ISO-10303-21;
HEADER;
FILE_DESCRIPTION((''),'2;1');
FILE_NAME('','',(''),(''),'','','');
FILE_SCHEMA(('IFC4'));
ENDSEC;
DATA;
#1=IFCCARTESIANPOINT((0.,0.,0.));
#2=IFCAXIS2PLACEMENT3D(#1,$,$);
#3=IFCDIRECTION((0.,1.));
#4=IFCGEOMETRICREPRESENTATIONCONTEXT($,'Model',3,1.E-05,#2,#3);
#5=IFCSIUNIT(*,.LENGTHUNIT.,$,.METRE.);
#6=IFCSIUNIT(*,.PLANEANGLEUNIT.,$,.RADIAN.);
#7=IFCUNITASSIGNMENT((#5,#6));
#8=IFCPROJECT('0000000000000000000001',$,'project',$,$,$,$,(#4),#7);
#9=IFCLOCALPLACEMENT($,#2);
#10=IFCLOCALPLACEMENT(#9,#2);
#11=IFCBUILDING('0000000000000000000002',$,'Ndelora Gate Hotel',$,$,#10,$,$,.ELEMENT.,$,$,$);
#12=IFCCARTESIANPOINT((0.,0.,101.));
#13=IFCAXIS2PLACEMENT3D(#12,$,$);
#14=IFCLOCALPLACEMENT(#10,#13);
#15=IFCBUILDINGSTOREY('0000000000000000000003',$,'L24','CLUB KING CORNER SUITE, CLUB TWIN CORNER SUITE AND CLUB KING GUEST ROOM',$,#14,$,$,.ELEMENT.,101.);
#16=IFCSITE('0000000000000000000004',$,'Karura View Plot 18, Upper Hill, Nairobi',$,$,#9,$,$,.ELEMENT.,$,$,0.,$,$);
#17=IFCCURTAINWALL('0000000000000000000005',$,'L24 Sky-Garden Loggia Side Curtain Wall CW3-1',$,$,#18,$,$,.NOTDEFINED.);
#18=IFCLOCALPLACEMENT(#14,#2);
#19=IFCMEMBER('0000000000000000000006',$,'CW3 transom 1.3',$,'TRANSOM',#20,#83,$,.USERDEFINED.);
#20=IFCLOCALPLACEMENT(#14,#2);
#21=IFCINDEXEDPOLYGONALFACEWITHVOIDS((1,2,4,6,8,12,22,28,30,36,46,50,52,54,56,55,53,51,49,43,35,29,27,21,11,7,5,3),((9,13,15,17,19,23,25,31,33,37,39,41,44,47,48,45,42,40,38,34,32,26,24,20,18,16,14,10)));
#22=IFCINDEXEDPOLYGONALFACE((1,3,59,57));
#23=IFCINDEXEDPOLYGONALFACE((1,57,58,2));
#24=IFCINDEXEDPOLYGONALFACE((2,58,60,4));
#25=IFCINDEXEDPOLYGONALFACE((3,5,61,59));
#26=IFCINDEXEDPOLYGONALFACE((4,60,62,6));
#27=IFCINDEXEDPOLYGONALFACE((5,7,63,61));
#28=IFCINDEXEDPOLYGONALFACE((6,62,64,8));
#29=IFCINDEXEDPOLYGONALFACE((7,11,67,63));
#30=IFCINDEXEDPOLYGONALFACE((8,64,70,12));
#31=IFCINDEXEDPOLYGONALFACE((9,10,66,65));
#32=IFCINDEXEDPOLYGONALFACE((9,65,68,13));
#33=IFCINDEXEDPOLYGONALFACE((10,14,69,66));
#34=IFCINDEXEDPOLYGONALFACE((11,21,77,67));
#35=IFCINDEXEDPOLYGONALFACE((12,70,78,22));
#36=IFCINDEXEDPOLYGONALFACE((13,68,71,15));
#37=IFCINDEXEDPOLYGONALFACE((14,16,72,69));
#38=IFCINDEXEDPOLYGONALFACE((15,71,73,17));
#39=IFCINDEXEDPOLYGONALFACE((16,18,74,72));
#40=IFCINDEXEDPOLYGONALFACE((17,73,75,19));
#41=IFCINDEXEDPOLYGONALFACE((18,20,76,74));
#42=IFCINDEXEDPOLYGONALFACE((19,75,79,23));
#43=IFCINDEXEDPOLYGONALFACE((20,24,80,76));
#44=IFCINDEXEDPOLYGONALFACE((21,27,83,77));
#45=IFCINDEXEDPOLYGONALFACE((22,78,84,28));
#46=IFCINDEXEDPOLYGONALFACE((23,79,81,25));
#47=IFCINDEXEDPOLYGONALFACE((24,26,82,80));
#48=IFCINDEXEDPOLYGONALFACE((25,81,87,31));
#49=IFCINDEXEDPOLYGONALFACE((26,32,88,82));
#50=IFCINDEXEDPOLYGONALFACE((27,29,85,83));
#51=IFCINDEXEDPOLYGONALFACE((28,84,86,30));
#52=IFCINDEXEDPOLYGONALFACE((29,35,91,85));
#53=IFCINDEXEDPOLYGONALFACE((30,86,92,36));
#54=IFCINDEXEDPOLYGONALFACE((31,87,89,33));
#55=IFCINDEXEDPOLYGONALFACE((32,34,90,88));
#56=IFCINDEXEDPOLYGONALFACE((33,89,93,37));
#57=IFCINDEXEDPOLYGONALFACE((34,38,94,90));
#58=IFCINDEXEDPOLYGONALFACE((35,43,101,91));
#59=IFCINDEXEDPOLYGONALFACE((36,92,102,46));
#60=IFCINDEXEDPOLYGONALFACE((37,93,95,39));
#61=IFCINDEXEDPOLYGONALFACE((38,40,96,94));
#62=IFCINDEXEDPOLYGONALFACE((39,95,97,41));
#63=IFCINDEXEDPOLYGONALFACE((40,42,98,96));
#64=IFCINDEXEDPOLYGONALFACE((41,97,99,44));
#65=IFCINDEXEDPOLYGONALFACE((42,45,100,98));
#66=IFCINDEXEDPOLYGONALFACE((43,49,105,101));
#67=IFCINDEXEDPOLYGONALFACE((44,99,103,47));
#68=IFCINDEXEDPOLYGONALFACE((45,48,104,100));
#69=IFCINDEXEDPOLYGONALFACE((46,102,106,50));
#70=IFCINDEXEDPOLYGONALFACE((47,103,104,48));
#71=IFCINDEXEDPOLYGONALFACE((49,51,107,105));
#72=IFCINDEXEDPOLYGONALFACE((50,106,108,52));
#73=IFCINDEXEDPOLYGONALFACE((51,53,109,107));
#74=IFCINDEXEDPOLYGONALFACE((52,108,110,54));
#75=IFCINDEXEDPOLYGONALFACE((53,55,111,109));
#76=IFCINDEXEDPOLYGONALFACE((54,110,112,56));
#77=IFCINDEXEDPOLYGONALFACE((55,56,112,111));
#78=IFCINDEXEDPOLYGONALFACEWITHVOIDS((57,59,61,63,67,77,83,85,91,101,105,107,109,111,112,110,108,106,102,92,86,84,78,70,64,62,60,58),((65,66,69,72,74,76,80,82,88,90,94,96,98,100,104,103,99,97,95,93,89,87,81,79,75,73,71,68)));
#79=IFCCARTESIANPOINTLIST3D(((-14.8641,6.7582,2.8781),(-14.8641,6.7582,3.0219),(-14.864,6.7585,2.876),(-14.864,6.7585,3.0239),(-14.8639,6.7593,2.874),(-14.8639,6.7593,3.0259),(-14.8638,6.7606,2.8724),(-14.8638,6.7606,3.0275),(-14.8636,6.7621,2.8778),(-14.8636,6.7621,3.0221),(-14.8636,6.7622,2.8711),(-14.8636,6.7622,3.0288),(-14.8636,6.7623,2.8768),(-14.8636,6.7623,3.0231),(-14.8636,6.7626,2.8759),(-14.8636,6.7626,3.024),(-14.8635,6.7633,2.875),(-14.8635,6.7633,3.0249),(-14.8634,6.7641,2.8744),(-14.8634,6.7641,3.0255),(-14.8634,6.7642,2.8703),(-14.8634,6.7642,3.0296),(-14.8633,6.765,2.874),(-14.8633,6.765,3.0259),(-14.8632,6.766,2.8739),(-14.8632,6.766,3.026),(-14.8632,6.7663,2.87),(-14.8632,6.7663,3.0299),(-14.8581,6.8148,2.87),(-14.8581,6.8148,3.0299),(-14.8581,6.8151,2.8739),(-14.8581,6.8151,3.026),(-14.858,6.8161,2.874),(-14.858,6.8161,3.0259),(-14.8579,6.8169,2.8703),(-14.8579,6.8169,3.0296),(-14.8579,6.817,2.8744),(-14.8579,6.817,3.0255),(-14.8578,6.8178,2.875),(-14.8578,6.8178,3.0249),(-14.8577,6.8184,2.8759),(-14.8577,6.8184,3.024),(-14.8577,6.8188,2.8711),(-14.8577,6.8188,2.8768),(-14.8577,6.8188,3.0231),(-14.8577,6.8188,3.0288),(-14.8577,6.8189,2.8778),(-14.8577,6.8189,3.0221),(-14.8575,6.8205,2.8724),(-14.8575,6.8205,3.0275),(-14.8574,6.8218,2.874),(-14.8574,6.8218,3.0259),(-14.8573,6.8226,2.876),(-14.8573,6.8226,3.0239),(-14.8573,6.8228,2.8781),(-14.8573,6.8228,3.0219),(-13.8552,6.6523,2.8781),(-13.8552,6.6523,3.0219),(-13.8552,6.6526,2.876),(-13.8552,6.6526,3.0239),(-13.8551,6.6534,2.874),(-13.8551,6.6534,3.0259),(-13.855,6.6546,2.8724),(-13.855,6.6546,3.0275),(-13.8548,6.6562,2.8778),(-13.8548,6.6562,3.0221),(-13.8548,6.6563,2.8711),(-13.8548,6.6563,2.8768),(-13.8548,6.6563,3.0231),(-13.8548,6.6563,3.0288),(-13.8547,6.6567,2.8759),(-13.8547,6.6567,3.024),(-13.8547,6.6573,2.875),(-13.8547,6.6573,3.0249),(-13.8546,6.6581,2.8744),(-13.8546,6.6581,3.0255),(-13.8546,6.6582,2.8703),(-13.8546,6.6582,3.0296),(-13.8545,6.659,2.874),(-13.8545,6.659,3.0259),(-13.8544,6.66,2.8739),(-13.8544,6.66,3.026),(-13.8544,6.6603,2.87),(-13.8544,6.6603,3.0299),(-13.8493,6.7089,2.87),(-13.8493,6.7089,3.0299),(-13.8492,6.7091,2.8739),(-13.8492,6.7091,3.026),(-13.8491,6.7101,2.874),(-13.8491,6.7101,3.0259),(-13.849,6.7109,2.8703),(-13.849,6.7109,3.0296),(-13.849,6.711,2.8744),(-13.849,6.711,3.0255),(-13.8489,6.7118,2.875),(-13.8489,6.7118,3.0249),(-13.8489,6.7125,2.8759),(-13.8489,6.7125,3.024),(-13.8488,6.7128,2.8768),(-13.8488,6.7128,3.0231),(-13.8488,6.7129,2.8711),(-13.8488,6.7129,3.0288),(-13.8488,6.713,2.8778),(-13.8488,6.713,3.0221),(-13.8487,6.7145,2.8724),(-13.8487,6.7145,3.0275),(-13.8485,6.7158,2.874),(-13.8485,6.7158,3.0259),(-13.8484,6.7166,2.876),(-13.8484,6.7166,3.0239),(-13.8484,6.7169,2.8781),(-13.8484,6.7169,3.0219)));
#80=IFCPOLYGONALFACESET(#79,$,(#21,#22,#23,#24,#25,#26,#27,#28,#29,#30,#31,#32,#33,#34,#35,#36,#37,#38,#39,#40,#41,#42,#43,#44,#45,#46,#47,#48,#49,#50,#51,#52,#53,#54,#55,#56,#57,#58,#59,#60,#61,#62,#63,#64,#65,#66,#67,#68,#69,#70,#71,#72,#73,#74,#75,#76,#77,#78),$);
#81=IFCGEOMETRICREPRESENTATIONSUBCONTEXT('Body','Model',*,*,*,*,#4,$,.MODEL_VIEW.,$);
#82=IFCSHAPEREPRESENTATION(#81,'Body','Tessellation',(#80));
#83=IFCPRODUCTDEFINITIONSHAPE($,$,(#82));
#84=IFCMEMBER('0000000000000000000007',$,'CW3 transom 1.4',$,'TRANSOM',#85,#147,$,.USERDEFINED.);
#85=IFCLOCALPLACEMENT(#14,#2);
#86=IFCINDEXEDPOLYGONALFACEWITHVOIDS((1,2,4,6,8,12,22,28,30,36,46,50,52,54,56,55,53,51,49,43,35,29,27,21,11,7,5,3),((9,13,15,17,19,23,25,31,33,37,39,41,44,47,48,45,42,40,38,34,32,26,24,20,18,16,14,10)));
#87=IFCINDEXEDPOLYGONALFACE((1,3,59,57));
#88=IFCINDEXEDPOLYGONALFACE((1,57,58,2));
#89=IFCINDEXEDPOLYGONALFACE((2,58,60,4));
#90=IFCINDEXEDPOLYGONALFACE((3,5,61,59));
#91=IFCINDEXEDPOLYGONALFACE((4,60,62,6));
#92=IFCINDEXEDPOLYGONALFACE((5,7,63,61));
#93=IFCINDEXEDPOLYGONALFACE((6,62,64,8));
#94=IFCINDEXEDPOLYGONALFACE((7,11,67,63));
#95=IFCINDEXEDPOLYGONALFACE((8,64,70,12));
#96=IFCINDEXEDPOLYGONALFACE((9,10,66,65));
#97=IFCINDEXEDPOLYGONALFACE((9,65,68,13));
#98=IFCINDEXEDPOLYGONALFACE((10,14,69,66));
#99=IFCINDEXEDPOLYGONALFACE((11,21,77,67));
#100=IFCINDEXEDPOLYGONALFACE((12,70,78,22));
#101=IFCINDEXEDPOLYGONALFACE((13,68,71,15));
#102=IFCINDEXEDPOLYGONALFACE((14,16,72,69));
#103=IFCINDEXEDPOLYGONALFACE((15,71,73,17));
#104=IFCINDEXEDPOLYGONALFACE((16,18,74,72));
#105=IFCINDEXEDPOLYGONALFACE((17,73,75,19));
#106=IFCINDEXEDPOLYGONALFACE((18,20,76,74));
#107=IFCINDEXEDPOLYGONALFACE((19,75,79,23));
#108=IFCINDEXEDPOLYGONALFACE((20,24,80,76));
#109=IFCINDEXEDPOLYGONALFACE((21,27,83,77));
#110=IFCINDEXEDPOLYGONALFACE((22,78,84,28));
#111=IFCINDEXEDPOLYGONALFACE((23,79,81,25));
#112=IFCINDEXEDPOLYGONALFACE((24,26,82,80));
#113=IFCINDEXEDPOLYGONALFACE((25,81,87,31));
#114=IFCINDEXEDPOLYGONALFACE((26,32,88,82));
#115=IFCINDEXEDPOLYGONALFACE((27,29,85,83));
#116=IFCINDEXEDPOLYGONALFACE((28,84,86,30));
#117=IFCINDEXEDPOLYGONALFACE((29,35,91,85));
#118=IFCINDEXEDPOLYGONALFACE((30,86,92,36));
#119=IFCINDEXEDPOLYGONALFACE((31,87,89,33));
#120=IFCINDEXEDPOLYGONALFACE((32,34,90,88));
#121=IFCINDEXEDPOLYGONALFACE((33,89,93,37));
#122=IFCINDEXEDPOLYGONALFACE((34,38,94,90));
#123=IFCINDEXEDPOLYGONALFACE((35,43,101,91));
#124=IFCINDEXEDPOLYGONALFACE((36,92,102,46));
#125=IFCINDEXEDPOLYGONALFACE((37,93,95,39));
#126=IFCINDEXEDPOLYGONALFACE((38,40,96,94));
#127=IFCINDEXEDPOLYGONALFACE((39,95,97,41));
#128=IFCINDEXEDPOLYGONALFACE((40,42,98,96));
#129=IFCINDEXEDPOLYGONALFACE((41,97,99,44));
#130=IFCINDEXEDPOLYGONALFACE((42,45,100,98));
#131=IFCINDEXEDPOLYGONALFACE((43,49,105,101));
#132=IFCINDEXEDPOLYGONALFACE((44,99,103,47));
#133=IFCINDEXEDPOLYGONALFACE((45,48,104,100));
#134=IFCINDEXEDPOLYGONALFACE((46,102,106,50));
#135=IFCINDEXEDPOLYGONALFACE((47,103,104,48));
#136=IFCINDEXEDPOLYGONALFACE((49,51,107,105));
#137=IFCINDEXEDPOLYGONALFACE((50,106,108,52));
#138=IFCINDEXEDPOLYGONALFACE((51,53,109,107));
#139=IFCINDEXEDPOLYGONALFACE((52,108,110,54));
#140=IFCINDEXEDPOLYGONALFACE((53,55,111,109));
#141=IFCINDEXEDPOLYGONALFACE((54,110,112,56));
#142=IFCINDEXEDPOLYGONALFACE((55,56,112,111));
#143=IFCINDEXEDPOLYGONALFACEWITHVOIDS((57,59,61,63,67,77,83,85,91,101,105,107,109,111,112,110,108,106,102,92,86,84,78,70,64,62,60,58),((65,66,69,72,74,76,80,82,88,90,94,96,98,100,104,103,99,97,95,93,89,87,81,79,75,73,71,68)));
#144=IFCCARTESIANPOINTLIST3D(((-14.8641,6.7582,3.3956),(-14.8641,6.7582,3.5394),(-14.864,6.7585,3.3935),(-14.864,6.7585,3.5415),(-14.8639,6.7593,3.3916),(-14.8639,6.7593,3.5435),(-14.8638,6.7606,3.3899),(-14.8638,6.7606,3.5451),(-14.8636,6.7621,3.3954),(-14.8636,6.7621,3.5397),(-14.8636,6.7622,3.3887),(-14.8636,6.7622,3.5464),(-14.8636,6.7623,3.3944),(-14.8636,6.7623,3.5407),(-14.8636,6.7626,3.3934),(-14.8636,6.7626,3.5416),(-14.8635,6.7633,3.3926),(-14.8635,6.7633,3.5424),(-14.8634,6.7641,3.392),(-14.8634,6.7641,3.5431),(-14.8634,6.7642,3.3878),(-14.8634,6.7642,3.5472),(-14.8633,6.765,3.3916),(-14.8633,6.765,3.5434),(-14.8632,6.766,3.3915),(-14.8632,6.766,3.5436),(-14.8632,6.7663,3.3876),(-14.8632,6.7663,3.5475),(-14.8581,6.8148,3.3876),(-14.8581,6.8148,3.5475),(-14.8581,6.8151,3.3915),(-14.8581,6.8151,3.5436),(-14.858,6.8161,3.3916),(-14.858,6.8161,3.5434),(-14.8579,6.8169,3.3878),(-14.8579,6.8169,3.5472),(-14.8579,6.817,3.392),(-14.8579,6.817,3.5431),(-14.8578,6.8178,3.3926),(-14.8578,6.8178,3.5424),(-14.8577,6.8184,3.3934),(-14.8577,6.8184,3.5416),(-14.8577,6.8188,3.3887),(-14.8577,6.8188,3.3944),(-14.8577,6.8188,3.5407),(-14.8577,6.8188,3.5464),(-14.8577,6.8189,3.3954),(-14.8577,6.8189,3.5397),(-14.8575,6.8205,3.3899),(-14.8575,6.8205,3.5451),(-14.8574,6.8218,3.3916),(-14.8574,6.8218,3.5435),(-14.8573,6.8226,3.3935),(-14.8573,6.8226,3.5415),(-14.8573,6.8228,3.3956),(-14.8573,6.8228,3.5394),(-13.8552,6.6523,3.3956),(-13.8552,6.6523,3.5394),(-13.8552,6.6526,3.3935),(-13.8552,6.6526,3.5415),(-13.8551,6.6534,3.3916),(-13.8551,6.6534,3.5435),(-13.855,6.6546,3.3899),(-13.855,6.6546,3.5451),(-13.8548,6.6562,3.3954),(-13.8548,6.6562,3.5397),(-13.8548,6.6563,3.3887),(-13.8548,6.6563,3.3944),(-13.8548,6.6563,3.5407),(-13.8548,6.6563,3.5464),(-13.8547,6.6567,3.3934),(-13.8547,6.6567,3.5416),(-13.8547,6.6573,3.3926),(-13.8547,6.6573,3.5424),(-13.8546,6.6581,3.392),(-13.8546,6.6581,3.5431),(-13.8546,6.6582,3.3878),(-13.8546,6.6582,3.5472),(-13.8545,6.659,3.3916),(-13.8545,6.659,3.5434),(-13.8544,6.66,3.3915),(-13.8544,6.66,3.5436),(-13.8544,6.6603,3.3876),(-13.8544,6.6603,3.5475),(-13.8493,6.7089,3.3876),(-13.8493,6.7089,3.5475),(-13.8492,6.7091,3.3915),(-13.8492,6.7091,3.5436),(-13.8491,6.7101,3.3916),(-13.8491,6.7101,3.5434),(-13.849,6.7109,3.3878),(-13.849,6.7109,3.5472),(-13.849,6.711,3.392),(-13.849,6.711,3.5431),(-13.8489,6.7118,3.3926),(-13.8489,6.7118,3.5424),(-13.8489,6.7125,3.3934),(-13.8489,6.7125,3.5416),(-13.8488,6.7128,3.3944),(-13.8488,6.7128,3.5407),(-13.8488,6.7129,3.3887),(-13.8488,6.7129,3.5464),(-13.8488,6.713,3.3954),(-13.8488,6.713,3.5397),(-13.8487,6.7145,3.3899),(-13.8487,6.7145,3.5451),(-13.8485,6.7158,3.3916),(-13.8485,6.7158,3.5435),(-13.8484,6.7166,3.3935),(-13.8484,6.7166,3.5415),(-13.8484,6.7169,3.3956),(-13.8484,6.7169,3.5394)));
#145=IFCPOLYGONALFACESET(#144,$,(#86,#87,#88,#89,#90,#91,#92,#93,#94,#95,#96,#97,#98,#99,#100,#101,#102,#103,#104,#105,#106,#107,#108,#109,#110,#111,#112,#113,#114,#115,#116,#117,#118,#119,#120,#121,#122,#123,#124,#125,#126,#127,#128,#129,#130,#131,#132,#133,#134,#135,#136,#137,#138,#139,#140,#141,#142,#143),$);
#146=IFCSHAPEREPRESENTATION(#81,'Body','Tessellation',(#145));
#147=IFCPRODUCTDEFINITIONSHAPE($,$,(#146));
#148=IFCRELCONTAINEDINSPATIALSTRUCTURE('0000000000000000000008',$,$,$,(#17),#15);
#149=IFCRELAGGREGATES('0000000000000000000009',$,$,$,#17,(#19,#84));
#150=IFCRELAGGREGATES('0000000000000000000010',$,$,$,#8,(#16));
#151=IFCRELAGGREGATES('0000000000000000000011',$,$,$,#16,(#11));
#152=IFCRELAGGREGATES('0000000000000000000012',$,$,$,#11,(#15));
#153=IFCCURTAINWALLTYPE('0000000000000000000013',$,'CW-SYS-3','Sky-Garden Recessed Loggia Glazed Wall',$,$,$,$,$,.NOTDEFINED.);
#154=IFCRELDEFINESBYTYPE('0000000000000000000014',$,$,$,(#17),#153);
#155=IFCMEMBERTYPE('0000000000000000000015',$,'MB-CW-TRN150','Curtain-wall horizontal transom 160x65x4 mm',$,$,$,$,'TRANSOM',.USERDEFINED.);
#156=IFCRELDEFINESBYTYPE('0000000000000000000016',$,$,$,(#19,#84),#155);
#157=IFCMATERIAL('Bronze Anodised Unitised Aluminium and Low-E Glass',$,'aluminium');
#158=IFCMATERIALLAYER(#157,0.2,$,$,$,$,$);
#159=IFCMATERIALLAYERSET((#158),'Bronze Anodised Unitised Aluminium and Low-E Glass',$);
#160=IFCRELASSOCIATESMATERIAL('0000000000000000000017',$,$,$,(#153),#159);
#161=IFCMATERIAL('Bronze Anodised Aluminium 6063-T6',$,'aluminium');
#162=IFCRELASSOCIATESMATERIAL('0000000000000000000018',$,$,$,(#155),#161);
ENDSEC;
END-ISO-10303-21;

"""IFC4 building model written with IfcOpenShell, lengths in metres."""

from ifc_helpers import new_model, si_unit, direction, frame, origin, origin_2d, place, context, subcontext, project, spatial, hollow_rectangle, extrude, material, layer, layer_set, material_profile, profile_set, type_object, element, aggregate, save


model = new_model("IFC4")

# Units and contexts
model_context = context("Model", 3, precision=1e-05, world=origin(), true_north=direction((0.0, 1.0)))
body_context = subcontext(model_context, "Body", "Model", "MODEL_VIEW")
ifc_project = project(units=[si_unit("LENGTHUNIT", "METRE"), si_unit("PLANEANGLEUNIT", "RADIAN")], contexts=[model_context])

# Site, building, storey
site_placement = place(None, origin())
site = spatial("IfcSite", under=ifc_project, at=site_placement, Name="Karura View Plot 18, Upper Hill, Nairobi", CompositionType="ELEMENT", RefElevation=0.0)
building_placement = place(site_placement, origin())
building = spatial("IfcBuilding", under=site, at=building_placement, Name="Ndelora Gate Hotel", CompositionType="ELEMENT")
storey_placement = place(building_placement, frame((0.0, 0.0, 101.0)))
storey = spatial("IfcBuildingStorey", under=building, at=storey_placement, Name="L24", Description="CLUB KING CORNER SUITE, CLUB TWIN CORNER SUITE AND CLUB KING GUEST ROOM", CompositionType="ELEMENT", Elevation=101.0)

# Curtain wall, members
ifc_material_1 = material(Name="Bronze Anodised Unitised Aluminium and Low-E Glass", Category="aluminium")
ifc_layer_1 = layer(ifc_material_1, 0.2)
ifc_layer_set_1 = layer_set([ifc_layer_1], Name="Bronze Anodised Unitised Aluminium and Low-E Glass")
curtain_wall_type = type_object("IfcCurtainWallType", Name="CW-SYS-3", Description="Sky-Garden Recessed Loggia Glazed Wall", PredefinedType="NOTDEFINED", material=ifc_layer_set_1)
curtain_wall_placement = place(storey_placement, origin())
curtain_wall = element("IfcCurtainWall", 1, at=curtain_wall_placement, inside=storey, type_object=curtain_wall_type, Name="L24 Sky-Garden Loggia Side Curtain Wall CW3-1", PredefinedType="NOTDEFINED")
ifc_material_2 = material(Name="Bronze Anodised Aluminium 6063-T6", Category="aluminium")
ifc_material_profile_1 = material_profile(ifc_material_2, hollow_rectangle(XDim=0.0649, YDim=0.1599, WallThickness=0.0039, InnerFilletRadius=0.0039, OuterFilletRadius=0.0081, at=origin_2d()), Name="ALU 160x65x4")
ifc_profile_set_1 = profile_set([ifc_material_profile_1], Name="Bronze Anodised Aluminium 6063-T6")
member_type_1 = type_object("IfcMemberType", Name="MB-CW-TRN150", Description="Curtain-wall horizontal transom 160x65x4 mm", ElementType="TRANSOM", PredefinedType="USERDEFINED", material=ifc_profile_set_1)
member_1_placement = place(storey_placement, frame((-13.8518, 6.6846, 2.95), z_axis=(-0.994529, 0.104459, 0.0), x_axis=(-0.104459, -0.994529, 0.0)))
member_1 = element("IfcMember", 2, at=member_1_placement, type_object=member_type_1, Name="CW3 transom 1.3", ObjectType="TRANSOM", PredefinedType="USERDEFINED", context=body_context, shape_type="SweptSolid", body=[
    extrude(hollow_rectangle(XDim=0.0649, YDim=0.1599, WallThickness=0.0039, InnerFilletRadius=0.0039, OuterFilletRadius=0.0081, at=origin_2d()), origin(), (0.0, 0.0, 1.0), 1.0144),
])
member_2_placement = place(storey_placement, frame((-13.8518, 6.6846, 3.4675), z_axis=(-0.994529, 0.104459, 0.0), x_axis=(-0.104459, -0.994529, 0.0)))
member_2 = element("IfcMember", 3, at=member_2_placement, type_object=member_type_1, Name="CW3 transom 1.4", ObjectType="TRANSOM", PredefinedType="USERDEFINED", context=body_context, shape_type="SweptSolid", body=[
    extrude(hollow_rectangle(XDim=0.0649, YDim=0.1599, WallThickness=0.0039, InnerFilletRadius=0.0039, OuterFilletRadius=0.0081, at=origin_2d()), origin(), (0.0, 0.0, 1.0), 1.0144),
])
aggregate(curtain_wall, [member_1, member_2])

save(model, "model.ifc")
